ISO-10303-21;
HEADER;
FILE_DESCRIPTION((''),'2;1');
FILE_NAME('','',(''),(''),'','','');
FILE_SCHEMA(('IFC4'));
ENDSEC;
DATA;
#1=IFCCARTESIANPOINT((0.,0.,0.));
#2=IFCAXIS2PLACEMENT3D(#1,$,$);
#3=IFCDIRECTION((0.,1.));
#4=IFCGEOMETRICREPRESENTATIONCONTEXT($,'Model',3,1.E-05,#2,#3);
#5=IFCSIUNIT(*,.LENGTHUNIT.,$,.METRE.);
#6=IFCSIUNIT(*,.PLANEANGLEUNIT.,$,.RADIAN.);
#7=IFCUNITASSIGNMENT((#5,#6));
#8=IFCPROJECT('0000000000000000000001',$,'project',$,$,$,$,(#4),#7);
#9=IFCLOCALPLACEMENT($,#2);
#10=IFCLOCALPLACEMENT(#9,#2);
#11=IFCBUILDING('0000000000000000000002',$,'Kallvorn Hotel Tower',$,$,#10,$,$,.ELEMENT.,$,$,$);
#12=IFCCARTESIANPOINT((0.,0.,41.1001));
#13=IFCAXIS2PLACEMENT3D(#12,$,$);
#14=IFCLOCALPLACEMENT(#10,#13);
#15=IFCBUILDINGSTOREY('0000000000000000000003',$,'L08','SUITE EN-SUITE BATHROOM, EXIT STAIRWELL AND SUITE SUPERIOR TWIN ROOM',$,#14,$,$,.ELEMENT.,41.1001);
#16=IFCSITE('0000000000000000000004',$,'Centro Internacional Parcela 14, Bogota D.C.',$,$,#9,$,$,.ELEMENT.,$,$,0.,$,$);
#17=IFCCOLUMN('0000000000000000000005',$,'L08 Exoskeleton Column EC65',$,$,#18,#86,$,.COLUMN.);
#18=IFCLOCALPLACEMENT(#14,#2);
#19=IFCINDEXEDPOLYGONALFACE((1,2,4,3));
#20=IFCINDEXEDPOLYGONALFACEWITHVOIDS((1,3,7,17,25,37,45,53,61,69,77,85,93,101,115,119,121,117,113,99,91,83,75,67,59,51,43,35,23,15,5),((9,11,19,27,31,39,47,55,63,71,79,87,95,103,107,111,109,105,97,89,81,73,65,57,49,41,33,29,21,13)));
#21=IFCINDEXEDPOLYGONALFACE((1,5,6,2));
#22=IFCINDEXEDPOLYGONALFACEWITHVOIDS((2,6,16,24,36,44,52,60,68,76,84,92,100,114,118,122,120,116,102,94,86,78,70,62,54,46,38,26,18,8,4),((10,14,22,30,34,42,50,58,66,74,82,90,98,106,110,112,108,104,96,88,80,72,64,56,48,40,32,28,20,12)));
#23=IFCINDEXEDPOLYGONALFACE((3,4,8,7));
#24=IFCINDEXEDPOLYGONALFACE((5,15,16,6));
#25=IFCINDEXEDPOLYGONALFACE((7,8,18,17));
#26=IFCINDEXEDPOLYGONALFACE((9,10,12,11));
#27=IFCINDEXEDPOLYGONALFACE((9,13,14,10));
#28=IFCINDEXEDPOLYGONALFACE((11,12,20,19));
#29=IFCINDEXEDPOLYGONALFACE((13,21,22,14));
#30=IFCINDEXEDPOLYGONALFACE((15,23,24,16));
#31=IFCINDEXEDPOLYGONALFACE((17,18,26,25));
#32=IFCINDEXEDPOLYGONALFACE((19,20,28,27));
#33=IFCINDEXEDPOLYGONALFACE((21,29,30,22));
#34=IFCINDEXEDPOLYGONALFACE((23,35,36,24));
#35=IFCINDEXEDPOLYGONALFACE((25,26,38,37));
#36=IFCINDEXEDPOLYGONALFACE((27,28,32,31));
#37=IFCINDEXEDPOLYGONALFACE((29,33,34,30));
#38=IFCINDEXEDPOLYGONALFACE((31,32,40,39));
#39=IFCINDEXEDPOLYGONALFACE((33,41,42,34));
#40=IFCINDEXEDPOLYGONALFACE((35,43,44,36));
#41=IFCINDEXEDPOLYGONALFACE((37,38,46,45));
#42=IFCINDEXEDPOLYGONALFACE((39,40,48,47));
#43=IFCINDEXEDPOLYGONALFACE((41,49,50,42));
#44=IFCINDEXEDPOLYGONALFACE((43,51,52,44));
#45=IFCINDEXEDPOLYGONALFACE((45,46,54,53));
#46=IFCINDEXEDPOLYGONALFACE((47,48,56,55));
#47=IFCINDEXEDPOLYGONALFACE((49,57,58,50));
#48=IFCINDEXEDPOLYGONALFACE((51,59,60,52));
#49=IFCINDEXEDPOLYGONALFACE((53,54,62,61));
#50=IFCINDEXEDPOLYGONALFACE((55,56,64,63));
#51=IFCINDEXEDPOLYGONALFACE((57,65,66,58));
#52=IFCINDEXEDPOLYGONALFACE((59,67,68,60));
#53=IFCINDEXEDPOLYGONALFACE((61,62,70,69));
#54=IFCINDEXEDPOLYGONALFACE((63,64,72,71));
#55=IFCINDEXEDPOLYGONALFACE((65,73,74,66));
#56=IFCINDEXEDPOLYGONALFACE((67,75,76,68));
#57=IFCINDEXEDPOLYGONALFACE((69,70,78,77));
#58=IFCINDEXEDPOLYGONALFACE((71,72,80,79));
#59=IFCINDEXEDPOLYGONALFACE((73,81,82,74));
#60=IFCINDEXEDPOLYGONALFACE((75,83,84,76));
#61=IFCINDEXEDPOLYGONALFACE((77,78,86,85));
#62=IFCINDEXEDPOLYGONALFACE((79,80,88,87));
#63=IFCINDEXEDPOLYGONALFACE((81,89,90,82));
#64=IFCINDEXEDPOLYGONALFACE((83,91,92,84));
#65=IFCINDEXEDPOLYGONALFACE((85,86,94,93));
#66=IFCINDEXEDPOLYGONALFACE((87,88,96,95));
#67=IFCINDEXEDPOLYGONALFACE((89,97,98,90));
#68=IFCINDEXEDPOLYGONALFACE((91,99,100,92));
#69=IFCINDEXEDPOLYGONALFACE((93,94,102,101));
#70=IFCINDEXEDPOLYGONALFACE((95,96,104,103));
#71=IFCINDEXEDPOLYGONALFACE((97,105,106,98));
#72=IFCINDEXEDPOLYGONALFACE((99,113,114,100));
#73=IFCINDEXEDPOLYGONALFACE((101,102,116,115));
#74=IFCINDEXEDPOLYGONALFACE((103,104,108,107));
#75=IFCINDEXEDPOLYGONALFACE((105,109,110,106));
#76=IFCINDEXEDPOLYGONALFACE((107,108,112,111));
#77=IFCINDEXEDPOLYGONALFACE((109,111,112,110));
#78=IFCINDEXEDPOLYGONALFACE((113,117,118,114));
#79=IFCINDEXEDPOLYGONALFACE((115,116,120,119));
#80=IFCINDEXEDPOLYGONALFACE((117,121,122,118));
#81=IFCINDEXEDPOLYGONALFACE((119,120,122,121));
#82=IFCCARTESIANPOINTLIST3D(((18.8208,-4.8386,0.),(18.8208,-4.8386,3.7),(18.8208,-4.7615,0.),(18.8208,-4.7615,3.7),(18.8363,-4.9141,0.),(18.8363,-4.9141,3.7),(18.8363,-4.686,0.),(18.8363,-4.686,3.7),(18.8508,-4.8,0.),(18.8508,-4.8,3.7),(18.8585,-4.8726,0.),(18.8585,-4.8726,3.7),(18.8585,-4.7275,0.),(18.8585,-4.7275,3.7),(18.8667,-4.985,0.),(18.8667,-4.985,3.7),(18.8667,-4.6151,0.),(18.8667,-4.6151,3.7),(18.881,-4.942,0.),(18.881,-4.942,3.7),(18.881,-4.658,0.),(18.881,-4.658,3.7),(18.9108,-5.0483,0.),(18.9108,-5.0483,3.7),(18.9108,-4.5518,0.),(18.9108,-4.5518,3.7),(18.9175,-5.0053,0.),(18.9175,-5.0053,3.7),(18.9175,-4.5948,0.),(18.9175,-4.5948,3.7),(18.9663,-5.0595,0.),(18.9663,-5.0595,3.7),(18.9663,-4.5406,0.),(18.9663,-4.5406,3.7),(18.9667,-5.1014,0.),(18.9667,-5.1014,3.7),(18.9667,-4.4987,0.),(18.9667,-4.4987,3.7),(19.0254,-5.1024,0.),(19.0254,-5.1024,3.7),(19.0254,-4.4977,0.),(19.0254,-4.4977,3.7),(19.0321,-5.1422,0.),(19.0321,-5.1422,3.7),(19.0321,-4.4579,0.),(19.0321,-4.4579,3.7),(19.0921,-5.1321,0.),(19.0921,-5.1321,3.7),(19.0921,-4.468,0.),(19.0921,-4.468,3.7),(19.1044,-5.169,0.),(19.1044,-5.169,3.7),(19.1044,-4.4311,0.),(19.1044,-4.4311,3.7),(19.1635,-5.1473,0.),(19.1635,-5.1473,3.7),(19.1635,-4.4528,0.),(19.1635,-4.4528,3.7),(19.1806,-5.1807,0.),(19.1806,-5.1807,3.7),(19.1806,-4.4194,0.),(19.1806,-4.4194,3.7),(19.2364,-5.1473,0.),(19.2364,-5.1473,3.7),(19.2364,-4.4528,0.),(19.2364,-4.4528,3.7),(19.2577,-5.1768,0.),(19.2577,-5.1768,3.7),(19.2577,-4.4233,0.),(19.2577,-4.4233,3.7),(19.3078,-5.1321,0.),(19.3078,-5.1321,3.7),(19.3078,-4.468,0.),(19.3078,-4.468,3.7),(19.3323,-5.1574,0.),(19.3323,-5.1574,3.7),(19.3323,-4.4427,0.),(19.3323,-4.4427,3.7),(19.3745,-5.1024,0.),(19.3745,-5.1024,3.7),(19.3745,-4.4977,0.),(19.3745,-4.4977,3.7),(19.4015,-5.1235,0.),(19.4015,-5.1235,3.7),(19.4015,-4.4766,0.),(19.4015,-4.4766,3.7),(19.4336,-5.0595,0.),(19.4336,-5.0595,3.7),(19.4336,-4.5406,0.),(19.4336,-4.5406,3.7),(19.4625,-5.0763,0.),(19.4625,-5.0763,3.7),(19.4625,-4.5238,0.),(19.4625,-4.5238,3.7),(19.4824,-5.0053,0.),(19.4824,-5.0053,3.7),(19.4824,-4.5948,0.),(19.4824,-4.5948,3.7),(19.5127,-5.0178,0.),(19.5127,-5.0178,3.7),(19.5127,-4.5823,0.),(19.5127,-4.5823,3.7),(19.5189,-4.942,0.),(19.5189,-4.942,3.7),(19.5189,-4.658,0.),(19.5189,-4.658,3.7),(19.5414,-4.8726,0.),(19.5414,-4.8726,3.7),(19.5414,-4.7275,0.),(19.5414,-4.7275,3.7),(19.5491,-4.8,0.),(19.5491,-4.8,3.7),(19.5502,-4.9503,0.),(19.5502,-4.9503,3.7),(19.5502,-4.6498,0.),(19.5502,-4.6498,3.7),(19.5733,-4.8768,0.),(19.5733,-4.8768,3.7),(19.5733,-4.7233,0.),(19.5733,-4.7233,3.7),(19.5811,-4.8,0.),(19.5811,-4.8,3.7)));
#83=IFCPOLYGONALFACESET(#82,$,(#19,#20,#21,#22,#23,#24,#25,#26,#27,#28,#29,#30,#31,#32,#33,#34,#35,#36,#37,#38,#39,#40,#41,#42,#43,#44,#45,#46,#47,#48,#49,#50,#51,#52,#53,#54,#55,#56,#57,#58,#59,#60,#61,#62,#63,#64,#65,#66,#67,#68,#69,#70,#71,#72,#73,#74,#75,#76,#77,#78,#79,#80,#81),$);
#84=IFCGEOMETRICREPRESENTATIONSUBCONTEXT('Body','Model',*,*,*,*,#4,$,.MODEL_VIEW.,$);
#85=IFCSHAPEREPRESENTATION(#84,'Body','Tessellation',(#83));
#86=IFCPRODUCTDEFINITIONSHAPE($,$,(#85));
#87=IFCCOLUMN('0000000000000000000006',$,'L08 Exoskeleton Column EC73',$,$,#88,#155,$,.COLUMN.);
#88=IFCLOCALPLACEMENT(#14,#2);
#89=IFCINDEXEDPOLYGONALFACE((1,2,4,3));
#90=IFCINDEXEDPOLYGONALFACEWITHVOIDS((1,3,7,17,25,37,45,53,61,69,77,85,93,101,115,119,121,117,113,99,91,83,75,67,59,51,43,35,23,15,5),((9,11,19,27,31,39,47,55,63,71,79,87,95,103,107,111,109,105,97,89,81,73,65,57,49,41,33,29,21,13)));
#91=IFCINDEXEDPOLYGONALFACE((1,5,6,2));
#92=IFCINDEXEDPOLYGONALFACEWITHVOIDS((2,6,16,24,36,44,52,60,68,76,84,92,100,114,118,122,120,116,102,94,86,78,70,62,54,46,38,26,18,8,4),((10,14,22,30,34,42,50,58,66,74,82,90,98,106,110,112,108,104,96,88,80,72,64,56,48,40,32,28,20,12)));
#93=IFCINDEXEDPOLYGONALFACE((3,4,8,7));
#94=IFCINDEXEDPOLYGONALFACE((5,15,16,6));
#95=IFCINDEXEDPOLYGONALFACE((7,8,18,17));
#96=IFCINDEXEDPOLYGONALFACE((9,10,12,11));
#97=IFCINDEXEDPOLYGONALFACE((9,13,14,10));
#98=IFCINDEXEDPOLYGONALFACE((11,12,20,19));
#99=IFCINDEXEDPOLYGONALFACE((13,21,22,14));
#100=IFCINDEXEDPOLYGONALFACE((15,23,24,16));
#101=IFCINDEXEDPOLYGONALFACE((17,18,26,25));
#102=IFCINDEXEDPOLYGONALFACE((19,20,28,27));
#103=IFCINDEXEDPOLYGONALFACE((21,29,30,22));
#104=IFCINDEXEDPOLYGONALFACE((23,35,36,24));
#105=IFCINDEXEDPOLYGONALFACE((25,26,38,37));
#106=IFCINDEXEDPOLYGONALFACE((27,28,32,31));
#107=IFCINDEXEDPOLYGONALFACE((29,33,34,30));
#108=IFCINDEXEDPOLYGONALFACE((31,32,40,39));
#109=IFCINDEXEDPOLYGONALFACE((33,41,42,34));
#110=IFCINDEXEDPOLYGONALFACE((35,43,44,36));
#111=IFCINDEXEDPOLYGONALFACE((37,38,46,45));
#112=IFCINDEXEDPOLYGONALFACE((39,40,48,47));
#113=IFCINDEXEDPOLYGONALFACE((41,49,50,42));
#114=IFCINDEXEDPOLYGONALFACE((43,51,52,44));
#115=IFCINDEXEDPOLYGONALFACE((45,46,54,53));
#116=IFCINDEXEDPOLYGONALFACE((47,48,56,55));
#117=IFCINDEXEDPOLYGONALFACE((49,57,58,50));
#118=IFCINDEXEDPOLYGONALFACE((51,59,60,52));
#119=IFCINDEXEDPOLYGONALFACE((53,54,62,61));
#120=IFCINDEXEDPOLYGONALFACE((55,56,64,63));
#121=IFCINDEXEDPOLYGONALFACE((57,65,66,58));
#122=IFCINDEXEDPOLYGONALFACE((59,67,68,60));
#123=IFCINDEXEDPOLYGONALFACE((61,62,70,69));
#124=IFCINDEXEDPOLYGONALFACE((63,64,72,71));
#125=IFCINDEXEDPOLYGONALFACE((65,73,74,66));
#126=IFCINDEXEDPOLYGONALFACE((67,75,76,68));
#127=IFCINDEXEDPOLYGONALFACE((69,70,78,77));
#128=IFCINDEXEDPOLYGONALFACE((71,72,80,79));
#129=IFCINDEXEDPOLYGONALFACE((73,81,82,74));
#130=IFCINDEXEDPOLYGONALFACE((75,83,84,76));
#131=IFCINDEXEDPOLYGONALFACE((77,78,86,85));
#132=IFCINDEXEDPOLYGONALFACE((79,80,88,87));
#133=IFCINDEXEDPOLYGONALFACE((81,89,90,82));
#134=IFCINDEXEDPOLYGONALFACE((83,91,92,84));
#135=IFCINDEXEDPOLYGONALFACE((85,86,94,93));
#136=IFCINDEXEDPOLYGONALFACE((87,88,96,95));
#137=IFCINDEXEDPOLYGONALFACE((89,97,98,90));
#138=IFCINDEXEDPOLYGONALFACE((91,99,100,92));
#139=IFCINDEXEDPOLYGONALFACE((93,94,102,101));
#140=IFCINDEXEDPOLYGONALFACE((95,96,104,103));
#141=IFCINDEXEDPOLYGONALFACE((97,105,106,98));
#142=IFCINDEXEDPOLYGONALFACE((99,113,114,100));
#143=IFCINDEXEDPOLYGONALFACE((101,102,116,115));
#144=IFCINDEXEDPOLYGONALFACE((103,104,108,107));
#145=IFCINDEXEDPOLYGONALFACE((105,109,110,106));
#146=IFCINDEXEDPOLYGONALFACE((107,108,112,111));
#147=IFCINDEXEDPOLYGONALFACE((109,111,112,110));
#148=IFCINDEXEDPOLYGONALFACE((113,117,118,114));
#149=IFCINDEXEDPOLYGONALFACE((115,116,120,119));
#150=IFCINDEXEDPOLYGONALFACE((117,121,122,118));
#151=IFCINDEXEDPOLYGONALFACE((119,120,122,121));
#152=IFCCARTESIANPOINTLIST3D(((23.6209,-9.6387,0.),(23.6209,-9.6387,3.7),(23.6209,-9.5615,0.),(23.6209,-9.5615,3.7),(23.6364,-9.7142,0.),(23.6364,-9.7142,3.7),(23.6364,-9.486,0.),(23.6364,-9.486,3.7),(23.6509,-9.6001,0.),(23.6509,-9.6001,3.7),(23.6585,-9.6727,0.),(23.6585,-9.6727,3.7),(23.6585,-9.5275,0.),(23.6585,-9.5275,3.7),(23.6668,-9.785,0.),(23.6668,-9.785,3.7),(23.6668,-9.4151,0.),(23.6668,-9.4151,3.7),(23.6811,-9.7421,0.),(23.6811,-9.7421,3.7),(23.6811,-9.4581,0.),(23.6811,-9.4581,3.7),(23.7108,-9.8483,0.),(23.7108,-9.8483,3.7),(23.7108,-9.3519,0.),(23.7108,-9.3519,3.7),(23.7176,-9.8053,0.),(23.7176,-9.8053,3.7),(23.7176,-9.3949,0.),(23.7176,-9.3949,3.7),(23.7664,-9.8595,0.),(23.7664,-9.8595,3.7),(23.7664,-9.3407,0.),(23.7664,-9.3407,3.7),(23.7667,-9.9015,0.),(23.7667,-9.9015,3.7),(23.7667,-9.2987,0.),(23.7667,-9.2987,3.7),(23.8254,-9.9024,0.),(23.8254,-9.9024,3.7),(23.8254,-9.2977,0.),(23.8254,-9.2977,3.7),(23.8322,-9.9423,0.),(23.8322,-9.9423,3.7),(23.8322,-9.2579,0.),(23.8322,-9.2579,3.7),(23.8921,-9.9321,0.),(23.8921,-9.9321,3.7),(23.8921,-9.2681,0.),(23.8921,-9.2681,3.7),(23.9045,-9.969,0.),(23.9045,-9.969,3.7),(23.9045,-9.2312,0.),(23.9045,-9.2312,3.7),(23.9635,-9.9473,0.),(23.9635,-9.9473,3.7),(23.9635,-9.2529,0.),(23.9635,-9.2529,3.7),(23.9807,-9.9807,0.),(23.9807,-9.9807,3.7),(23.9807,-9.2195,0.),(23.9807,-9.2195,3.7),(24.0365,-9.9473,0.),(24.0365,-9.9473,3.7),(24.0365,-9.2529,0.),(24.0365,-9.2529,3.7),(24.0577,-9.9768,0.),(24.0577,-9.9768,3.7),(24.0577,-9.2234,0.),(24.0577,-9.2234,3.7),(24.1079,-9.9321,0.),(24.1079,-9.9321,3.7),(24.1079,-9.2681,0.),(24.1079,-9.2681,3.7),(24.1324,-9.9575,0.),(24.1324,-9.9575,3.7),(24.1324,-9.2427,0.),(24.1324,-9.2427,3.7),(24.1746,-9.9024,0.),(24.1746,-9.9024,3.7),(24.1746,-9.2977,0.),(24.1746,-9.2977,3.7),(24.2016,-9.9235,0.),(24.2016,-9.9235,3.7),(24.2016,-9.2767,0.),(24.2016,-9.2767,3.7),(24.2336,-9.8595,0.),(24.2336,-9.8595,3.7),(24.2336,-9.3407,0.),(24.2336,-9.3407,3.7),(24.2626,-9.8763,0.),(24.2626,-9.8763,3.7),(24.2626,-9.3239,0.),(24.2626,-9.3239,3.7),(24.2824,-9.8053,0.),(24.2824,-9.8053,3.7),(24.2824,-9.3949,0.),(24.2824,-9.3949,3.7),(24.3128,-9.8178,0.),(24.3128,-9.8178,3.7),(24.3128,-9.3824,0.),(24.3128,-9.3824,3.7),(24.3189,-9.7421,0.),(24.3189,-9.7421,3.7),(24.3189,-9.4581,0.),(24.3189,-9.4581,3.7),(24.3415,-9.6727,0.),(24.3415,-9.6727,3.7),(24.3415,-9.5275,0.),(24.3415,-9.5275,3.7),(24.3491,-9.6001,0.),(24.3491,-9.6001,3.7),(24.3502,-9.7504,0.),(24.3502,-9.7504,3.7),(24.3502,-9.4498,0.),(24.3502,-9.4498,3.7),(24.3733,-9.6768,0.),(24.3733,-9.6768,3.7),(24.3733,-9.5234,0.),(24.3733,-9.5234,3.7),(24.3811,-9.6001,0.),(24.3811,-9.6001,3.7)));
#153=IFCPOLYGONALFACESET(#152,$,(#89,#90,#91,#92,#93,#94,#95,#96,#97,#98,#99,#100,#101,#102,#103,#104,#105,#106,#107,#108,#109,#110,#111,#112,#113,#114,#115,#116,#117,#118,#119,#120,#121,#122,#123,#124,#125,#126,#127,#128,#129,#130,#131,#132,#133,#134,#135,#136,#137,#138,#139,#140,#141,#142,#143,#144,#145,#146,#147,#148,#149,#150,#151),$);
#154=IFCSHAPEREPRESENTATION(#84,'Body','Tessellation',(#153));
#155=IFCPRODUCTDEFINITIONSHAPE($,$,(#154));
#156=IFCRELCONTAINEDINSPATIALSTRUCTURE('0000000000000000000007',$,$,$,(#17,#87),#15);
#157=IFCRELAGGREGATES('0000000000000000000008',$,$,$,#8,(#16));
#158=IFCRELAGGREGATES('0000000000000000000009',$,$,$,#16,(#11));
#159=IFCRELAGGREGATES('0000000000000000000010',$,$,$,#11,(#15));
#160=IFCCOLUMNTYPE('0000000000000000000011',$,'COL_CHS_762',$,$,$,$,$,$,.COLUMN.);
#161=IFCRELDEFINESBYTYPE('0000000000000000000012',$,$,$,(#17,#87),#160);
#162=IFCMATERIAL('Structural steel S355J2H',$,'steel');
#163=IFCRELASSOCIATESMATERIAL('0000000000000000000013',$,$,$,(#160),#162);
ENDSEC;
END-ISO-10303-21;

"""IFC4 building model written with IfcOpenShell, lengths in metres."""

from ifc_helpers import new_model, si_unit, direction, frame, origin, origin_2d, place, context, subcontext, project, spatial, hollow_circle, extrude, material, material_profile, profile_set, type_object, element, save


model = new_model("IFC4")

# Units and contexts
model_context = context("Model", 3, precision=1e-05, world=origin(), true_north=direction((0.0, 1.0)))
body_context = subcontext(model_context, "Body", "Model", "MODEL_VIEW")
ifc_project = project(units=[si_unit("LENGTHUNIT", "METRE"), si_unit("PLANEANGLEUNIT", "RADIAN")], contexts=[model_context])

# Site, building, storey
site_placement = place(None, origin())
site = spatial("IfcSite", under=ifc_project, at=site_placement, Name="Centro Internacional Parcela 14, Bogota D.C.", CompositionType="ELEMENT", RefElevation=0.0)
building_placement = place(site_placement, origin())
building = spatial("IfcBuilding", under=site, at=building_placement, Name="Kallvorn Hotel Tower", CompositionType="ELEMENT")
storey_placement = place(building_placement, frame((0.0, 0.0, 41.1001)))
storey = spatial("IfcBuildingStorey", under=building, at=storey_placement, Name="L08", Description="SUITE EN-SUITE BATHROOM, EXIT STAIRWELL AND SUITE SUPERIOR TWIN ROOM", CompositionType="ELEMENT", Elevation=41.1001)

# Columns
ifc_material_1 = material(Name="Structural steel S355J2H", Category="steel")
ifc_material_profile_1 = material_profile(ifc_material_1, hollow_circle(Radius=0.3811, WallThickness=0.032, at=origin_2d()), Name="CHS 762x32")
ifc_profile_set_1 = profile_set([ifc_material_profile_1], Name="Structural steel S355J2H")
column_type_1 = type_object("IfcColumnType", Name="COL_CHS_762", PredefinedType="COLUMN", material=ifc_profile_set_1)
for number, where, z_axis, x_axis, name in (
    (1, (19.2, -4.8, 0.0), (0.0, 0.0, 1.0), (1.0, 0.0, 0.0), "L08 Exoskeleton Column EC65"),
    (2, (24.0, -9.6001, 0.0), (0.0, 0.0, 1.0), (1.0, 0.0, 0.0), "L08 Exoskeleton Column EC73"),
):
    element("IfcColumn", number, at=place(storey_placement, frame(where, z_axis=z_axis, x_axis=x_axis)), inside=storey, type_object=column_type_1, Name=name, PredefinedType="COLUMN", context=body_context, shape_type="SweptSolid", body=[
        extrude(hollow_circle(Radius=0.3811, WallThickness=0.032, at=origin_2d()), origin(), (0.0, 0.0, 1.0), 3.7),
    ])

save(model, "model.ifc")
